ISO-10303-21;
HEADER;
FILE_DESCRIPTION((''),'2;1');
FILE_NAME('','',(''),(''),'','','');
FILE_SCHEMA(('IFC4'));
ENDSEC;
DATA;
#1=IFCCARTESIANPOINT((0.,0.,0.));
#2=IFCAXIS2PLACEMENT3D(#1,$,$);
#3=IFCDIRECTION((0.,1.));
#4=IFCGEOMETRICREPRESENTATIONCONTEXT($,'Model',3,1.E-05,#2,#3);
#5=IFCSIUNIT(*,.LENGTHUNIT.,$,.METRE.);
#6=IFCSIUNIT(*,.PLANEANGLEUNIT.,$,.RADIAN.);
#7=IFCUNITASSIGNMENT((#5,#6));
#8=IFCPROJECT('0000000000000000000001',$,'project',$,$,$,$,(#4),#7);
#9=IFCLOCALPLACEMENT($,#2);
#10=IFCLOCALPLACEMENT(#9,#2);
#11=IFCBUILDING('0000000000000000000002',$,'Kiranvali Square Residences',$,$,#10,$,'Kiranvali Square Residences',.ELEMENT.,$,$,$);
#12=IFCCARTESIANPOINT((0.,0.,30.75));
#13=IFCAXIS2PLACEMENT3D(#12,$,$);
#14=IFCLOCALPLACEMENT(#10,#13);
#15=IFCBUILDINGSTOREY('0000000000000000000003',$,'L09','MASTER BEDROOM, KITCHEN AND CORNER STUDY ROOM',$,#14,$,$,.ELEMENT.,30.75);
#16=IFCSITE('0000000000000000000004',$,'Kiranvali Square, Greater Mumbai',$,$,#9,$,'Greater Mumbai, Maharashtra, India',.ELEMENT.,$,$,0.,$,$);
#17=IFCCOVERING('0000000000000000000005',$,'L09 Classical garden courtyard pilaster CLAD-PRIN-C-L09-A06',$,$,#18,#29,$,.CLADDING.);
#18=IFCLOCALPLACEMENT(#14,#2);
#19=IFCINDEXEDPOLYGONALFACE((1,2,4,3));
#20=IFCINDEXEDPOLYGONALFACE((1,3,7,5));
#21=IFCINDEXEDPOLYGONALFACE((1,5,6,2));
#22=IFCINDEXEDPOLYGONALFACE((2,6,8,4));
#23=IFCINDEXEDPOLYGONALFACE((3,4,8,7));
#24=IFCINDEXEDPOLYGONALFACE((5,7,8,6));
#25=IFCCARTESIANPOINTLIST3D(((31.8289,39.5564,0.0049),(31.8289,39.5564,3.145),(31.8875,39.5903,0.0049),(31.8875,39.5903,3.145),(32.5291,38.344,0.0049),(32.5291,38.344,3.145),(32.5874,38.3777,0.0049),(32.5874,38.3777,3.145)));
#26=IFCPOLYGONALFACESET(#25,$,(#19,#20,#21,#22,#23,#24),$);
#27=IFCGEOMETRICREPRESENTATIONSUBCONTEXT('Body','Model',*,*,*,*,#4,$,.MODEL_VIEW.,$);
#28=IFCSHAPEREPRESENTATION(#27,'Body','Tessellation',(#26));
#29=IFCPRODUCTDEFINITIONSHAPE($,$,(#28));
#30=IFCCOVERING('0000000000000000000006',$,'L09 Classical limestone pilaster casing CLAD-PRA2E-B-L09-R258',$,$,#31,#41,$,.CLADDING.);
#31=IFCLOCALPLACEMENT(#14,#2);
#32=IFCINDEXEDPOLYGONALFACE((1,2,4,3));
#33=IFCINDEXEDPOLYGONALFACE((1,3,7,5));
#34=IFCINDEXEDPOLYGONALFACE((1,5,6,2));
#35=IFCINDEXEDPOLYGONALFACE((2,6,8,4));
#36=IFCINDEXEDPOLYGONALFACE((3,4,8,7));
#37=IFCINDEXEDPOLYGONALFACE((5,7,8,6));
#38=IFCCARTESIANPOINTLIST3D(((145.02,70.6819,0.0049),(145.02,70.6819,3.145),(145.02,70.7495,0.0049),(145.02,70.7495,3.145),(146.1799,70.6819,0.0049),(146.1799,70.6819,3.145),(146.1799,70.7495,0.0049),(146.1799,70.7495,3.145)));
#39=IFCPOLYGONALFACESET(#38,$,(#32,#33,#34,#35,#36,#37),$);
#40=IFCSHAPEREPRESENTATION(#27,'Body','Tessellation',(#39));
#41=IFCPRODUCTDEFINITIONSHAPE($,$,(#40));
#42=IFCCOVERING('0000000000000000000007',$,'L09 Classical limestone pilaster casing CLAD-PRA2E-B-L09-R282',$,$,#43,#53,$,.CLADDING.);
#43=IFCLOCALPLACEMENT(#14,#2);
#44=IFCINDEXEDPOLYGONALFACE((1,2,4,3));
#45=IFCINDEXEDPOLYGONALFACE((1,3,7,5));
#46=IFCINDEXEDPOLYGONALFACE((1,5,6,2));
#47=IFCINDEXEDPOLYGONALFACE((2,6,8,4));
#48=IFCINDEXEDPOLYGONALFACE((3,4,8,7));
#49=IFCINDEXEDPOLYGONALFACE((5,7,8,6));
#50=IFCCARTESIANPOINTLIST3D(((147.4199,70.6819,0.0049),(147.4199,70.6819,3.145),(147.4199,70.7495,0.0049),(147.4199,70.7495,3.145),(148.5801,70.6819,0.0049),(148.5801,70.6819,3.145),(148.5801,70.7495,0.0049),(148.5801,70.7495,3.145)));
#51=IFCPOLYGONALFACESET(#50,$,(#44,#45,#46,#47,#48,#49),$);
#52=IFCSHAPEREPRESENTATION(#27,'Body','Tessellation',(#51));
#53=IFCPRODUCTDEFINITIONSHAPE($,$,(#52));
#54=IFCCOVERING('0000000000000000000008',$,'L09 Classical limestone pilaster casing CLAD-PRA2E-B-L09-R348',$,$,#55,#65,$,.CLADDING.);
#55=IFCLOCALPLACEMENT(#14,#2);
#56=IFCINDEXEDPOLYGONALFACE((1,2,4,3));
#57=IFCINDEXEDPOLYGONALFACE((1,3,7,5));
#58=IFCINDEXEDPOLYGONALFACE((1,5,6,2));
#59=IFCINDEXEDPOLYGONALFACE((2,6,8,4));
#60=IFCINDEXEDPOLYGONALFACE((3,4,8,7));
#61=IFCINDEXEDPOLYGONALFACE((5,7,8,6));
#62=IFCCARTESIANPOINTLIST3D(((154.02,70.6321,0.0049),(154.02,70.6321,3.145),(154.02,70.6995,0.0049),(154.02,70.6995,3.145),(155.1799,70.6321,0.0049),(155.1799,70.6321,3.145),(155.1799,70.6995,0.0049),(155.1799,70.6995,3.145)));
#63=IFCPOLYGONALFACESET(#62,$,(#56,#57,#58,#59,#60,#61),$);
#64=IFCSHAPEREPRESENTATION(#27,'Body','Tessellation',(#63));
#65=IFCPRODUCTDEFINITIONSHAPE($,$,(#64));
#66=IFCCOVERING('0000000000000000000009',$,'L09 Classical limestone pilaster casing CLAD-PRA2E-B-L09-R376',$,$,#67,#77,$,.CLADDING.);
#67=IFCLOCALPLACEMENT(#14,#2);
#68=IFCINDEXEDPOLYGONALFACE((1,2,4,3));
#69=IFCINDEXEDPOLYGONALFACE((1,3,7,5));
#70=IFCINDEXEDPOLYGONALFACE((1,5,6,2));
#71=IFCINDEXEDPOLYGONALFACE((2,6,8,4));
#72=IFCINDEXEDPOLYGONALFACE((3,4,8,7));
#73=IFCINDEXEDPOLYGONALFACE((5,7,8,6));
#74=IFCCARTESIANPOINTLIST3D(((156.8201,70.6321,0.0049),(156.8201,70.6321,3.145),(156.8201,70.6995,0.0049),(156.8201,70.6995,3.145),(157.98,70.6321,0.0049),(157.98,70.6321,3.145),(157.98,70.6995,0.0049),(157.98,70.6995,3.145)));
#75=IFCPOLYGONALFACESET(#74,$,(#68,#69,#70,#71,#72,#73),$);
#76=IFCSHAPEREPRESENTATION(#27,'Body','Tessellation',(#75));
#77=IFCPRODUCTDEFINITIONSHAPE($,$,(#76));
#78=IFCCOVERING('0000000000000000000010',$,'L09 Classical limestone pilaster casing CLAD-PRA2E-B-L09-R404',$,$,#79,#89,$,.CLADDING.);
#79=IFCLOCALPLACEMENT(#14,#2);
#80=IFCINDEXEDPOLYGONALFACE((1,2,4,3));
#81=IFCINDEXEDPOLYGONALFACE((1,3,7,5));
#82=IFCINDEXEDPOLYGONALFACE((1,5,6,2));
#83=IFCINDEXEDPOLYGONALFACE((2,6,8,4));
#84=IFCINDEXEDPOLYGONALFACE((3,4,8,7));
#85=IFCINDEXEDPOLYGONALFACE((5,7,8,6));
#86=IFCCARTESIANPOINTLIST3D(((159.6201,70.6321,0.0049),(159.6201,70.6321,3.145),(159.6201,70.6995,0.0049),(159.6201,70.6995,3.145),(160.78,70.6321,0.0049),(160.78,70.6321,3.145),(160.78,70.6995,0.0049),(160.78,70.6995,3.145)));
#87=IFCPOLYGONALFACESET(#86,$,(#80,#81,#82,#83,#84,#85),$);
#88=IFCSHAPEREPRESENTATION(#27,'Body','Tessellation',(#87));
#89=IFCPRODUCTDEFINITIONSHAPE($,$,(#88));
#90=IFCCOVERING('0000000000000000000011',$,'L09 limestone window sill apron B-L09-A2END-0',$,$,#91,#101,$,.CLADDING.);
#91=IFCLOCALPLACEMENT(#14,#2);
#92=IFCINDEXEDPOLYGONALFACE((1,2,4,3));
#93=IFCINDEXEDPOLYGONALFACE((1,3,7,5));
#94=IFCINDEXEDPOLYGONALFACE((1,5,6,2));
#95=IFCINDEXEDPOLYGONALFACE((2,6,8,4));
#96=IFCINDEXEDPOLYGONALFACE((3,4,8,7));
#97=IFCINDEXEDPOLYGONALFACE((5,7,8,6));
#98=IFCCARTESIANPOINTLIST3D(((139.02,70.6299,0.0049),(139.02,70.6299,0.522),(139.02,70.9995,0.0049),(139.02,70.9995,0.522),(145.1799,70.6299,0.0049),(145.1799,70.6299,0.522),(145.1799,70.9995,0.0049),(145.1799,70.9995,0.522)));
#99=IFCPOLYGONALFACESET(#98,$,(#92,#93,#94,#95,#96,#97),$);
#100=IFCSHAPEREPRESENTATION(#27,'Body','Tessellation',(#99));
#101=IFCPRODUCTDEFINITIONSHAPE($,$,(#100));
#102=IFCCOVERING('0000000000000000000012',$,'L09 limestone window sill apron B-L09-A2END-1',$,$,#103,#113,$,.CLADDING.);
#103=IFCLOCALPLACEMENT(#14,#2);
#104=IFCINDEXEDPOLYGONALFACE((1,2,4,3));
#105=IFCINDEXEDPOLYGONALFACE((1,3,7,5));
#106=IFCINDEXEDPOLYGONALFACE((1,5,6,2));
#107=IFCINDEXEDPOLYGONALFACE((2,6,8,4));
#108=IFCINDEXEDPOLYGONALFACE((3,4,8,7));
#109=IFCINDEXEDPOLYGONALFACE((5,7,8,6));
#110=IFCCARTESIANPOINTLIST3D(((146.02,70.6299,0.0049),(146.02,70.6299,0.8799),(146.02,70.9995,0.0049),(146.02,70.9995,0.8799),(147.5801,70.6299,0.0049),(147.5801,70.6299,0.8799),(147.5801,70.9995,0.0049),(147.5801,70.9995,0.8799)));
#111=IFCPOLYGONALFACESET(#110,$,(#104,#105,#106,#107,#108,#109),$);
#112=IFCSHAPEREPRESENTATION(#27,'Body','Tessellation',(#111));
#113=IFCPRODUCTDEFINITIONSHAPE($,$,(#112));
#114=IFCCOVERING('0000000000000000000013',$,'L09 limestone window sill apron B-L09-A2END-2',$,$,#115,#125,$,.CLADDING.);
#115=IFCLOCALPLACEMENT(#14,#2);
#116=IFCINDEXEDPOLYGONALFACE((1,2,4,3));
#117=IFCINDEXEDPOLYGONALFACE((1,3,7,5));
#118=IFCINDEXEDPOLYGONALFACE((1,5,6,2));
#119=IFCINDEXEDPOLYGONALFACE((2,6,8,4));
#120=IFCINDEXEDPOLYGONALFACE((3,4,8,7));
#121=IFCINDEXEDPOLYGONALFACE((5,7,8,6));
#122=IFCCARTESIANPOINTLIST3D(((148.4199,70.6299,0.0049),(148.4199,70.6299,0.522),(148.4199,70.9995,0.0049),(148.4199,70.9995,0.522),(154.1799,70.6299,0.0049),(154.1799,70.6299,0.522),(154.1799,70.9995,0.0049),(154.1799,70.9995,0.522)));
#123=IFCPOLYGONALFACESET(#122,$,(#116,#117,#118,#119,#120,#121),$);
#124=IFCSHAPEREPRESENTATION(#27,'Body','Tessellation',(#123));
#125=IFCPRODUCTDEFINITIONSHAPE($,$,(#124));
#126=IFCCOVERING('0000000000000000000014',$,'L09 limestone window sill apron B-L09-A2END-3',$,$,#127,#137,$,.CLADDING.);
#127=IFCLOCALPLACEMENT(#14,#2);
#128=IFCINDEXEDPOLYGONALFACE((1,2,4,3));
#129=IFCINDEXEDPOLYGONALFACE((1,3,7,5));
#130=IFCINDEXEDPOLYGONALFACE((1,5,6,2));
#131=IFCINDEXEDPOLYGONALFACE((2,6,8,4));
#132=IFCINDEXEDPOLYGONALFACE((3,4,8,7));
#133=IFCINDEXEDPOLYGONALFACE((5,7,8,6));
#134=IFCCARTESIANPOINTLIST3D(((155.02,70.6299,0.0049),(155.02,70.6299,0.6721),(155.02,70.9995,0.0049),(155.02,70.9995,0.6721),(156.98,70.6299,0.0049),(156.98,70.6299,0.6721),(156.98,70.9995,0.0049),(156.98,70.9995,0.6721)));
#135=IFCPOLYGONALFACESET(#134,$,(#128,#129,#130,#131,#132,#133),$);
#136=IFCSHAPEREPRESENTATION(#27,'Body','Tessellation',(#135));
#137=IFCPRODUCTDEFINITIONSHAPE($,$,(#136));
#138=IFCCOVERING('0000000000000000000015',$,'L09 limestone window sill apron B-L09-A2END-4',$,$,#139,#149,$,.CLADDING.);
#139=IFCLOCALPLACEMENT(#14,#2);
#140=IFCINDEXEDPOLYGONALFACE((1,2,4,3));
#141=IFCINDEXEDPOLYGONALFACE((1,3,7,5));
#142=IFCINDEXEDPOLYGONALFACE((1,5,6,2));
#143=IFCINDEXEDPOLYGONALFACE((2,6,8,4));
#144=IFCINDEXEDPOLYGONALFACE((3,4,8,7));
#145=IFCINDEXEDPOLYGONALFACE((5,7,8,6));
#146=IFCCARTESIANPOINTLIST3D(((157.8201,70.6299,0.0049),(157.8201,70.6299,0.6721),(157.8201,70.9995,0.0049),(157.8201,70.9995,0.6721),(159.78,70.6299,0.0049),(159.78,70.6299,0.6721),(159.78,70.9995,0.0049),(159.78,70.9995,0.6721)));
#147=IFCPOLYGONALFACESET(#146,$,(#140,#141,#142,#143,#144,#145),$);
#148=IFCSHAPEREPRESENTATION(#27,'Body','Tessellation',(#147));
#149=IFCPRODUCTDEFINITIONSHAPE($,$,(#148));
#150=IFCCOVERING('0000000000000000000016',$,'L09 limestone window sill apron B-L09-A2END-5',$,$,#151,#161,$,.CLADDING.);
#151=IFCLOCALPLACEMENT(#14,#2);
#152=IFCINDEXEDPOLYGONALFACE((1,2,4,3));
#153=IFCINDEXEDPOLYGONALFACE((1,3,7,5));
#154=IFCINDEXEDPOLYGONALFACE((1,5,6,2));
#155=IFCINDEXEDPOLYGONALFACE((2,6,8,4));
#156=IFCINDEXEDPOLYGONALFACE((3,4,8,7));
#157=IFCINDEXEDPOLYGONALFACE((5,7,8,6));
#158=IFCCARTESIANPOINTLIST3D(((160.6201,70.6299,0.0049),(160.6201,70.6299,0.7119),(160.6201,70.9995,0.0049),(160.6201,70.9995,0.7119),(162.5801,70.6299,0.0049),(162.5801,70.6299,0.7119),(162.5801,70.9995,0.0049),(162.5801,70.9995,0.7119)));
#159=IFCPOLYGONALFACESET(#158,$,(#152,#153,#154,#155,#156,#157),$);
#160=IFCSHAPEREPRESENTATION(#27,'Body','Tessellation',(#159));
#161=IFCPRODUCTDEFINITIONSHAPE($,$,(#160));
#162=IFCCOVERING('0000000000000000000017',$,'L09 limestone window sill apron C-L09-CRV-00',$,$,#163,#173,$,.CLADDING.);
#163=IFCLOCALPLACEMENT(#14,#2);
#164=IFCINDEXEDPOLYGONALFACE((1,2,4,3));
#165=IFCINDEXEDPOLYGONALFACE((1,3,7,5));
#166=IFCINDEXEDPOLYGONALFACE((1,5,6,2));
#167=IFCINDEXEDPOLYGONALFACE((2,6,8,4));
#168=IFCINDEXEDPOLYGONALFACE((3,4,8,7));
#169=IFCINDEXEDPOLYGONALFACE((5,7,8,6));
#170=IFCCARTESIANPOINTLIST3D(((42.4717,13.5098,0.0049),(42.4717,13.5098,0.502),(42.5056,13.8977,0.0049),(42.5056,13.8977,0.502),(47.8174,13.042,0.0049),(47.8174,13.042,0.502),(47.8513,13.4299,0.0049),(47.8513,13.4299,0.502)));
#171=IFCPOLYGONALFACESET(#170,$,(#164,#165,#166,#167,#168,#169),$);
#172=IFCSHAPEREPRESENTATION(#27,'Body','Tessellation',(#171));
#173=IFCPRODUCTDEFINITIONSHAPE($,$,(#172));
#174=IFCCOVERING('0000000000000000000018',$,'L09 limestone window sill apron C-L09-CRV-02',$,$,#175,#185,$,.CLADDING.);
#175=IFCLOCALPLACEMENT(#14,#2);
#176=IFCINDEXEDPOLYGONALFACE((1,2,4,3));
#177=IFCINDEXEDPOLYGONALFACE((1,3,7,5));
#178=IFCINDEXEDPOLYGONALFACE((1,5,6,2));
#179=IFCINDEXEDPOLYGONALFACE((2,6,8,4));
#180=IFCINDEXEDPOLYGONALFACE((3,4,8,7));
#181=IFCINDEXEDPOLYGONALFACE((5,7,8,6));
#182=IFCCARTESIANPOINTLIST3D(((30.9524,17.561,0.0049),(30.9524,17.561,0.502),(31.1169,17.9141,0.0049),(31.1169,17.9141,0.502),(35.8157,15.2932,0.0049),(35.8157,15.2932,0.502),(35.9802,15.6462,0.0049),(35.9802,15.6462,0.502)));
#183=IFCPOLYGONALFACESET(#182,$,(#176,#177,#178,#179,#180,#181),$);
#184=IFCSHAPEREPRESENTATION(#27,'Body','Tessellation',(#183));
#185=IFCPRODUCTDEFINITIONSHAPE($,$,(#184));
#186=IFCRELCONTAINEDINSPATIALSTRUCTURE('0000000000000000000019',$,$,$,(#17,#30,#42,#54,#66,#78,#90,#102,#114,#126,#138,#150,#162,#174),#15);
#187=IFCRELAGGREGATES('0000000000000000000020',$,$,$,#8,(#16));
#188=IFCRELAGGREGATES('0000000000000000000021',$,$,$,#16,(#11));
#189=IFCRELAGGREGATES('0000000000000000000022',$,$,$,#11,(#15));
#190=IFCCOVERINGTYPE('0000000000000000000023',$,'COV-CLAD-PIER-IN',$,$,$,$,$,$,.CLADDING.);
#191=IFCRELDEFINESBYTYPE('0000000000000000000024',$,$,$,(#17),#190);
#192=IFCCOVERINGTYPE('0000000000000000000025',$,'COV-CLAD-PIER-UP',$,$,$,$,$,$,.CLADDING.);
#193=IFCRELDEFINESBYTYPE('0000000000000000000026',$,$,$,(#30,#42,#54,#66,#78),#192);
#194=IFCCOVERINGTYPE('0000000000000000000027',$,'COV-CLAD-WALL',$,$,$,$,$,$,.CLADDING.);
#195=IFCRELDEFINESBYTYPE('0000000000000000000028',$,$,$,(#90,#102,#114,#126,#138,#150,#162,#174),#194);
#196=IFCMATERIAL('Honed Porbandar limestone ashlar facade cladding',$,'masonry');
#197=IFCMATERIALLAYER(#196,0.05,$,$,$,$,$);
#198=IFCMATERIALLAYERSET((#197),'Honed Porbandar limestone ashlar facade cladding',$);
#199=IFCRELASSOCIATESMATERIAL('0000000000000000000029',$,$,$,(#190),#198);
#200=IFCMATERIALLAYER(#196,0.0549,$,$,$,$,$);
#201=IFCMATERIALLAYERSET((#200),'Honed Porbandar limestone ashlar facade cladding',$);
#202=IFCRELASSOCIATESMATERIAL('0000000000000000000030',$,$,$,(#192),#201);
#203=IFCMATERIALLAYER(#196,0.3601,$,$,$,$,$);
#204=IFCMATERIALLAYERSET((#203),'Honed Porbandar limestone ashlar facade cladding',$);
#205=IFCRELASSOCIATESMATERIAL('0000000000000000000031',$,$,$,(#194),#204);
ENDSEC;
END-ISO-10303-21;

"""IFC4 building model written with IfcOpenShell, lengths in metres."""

from ifc_helpers import new_model, si_unit, direction, frame, origin, place, context, subcontext, project, spatial, polyline, outline, extrude, material, layer, layer_set, type_object, element, save


model = new_model("IFC4")

# Units and contexts
model_context = context("Model", 3, precision=1e-05, world=origin(), true_north=direction((0.0, 1.0)))
body_context = subcontext(model_context, "Body", "Model", "MODEL_VIEW")
ifc_project = project(units=[si_unit("LENGTHUNIT", "METRE"), si_unit("PLANEANGLEUNIT", "RADIAN")], contexts=[model_context])

# Site, building, storey
site_placement = place(None, origin())
site = spatial("IfcSite", under=ifc_project, at=site_placement, Name="Kiranvali Square, Greater Mumbai", LongName="Greater Mumbai, Maharashtra, India", CompositionType="ELEMENT", RefElevation=0.0)
building_placement = place(site_placement, origin())
building = spatial("IfcBuilding", under=site, at=building_placement, Name="Kiranvali Square Residences", LongName="Kiranvali Square Residences", CompositionType="ELEMENT")
storey_placement = place(building_placement, frame((0.0, 0.0, 30.75)))
storey = spatial("IfcBuildingStorey", under=building, at=storey_placement, Name="L09", Description="MASTER BEDROOM, KITCHEN AND CORNER STUDY ROOM", CompositionType="ELEMENT", Elevation=30.75)

# Coverings
ifc_material = material(Name="Honed Porbandar limestone ashlar facade cladding", Category="masonry")
ifc_layer_1 = layer(ifc_material, 0.05)
ifc_layer_set_1 = layer_set([ifc_layer_1], Name="Honed Porbandar limestone ashlar facade cladding")
covering_type_1 = type_object("IfcCoveringType", Name="COV-CLAD-PIER-IN", PredefinedType="CLADDING", material=ifc_layer_set_1)
covering_1_placement = place(storey_placement, frame((0.0, 0.0, 0.0049)))
element("IfcCovering", 1, at=covering_1_placement, inside=storey, type_object=covering_type_1, Name="L09 Classical garden courtyard pilaster CLAD-PRIN-C-L09-A06", PredefinedType="CLADDING", context=body_context, shape_type="SweptSolid", body=[
    extrude(outline(polyline([(32.5874, 38.3777), (31.8875, 39.5903), (31.8289, 39.5564), (32.5291, 38.344), (32.5874, 38.3777)])), origin(), (0.0, 0.0, 1.0), 3.1401),
])
ifc_layer_2 = layer(ifc_material, 0.0549)
ifc_layer_set_2 = layer_set([ifc_layer_2], Name="Honed Porbandar limestone ashlar facade cladding")
covering_type_2 = type_object("IfcCoveringType", Name="COV-CLAD-PIER-UP", PredefinedType="CLADDING", material=ifc_layer_set_2)
covering_2_placement = place(storey_placement, frame((0.0, 0.0, 0.0049)))
element("IfcCovering", 2, at=covering_2_placement, inside=storey, type_object=covering_type_2, Name="L09 Classical limestone pilaster casing CLAD-PRA2E-B-L09-R258", PredefinedType="CLADDING", context=body_context, shape_type="SweptSolid", body=[
    extrude(outline(polyline([(145.02, 70.6819), (146.1799, 70.6819), (146.1799, 70.7495), (145.02, 70.7495), (145.02, 70.6819)])), origin(), (0.0, 0.0, 1.0), 3.1401),
])
covering_3_placement = place(storey_placement, frame((0.0, 0.0, 0.0049)))
element("IfcCovering", 3, at=covering_3_placement, inside=storey, type_object=covering_type_2, Name="L09 Classical limestone pilaster casing CLAD-PRA2E-B-L09-R282", PredefinedType="CLADDING", context=body_context, shape_type="SweptSolid", body=[
    extrude(outline(polyline([(147.4199, 70.6819), (148.5801, 70.6819), (148.5801, 70.7495), (147.4199, 70.7495), (147.4199, 70.6819)])), origin(), (0.0, 0.0, 1.0), 3.1401),
])
covering_4_placement = place(storey_placement, frame((0.0, 0.0, 0.0049)))
element("IfcCovering", 4, at=covering_4_placement, inside=storey, type_object=covering_type_2, Name="L09 Classical limestone pilaster casing CLAD-PRA2E-B-L09-R348", PredefinedType="CLADDING", context=body_context, shape_type="SweptSolid", body=[
    extrude(outline(polyline([(154.02, 70.6321), (155.1799, 70.6321), (155.1799, 70.6995), (154.02, 70.6995), (154.02, 70.6321)])), origin(), (0.0, 0.0, 1.0), 3.1401),
])
covering_5_placement = place(storey_placement, frame((0.0, 0.0, 0.0049)))
element("IfcCovering", 5, at=covering_5_placement, inside=storey, type_object=covering_type_2, Name="L09 Classical limestone pilaster casing CLAD-PRA2E-B-L09-R376", PredefinedType="CLADDING", context=body_context, shape_type="SweptSolid", body=[
    extrude(outline(polyline([(156.8201, 70.6321), (157.98, 70.6321), (157.98, 70.6995), (156.8201, 70.6995), (156.8201, 70.6321)])), origin(), (0.0, 0.0, 1.0), 3.1401),
])
covering_6_placement = place(storey_placement, frame((0.0, 0.0, 0.0049)))
element("IfcCovering", 6, at=covering_6_placement, inside=storey, type_object=covering_type_2, Name="L09 Classical limestone pilaster casing CLAD-PRA2E-B-L09-R404", PredefinedType="CLADDING", context=body_context, shape_type="SweptSolid", body=[
    extrude(outline(polyline([(159.6201, 70.6321), (160.78, 70.6321), (160.78, 70.6995), (159.6201, 70.6995), (159.6201, 70.6321)])), origin(), (0.0, 0.0, 1.0), 3.1401),
])
ifc_layer_3 = layer(ifc_material, 0.3601)
ifc_layer_set_3 = layer_set([ifc_layer_3], Name="Honed Porbandar limestone ashlar facade cladding")
covering_type_3 = type_object("IfcCoveringType", Name="COV-CLAD-WALL", PredefinedType="CLADDING", material=ifc_layer_set_3)
covering_7_placement = place(storey_placement, frame((0.0, 0.0, 0.0049)))
element("IfcCovering", 7, at=covering_7_placement, inside=storey, type_object=covering_type_3, Name="L09 limestone window sill apron B-L09-A2END-0", PredefinedType="CLADDING", context=body_context, shape_type="SweptSolid", body=[
    extrude(outline(polyline([(139.02, 70.6299), (145.1799, 70.6299), (145.1799, 70.9995), (139.02, 70.9995), (139.02, 70.6299)])), origin(), (0.0, 0.0, 1.0), 0.5171),
])
covering_8_placement = place(storey_placement, frame((0.0, 0.0, 0.0049)))
element("IfcCovering", 8, at=covering_8_placement, inside=storey, type_object=covering_type_3, Name="L09 limestone window sill apron B-L09-A2END-1", PredefinedType="CLADDING", context=body_context, shape_type="SweptSolid", body=[
    extrude(outline(polyline([(146.02, 70.6299), (147.5801, 70.6299), (147.5801, 70.9995), (146.02, 70.9995), (146.02, 70.6299)])), origin(), (0.0, 0.0, 1.0), 0.875),
])
covering_9_placement = place(storey_placement, frame((0.0, 0.0, 0.0049)))
element("IfcCovering", 9, at=covering_9_placement, inside=storey, type_object=covering_type_3, Name="L09 limestone window sill apron B-L09-A2END-2", PredefinedType="CLADDING", context=body_context, shape_type="SweptSolid", body=[
    extrude(outline(polyline([(148.4199, 70.6299), (154.1799, 70.6299), (154.1799, 70.9995), (148.4199, 70.9995), (148.4199, 70.6299)])), origin(), (0.0, 0.0, 1.0), 0.5171),
])
covering_10_placement = place(storey_placement, frame((0.0, 0.0, 0.0049)))
element("IfcCovering", 10, at=covering_10_placement, inside=storey, type_object=covering_type_3, Name="L09 limestone window sill apron B-L09-A2END-3", PredefinedType="CLADDING", context=body_context, shape_type="SweptSolid", body=[
    extrude(outline(polyline([(155.02, 70.6299), (156.98, 70.6299), (156.98, 70.9995), (155.02, 70.9995), (155.02, 70.6299)])), origin(), (0.0, 0.0, 1.0), 0.6672),
])
covering_11_placement = place(storey_placement, frame((0.0, 0.0, 0.0049)))
element("IfcCovering", 11, at=covering_11_placement, inside=storey, type_object=covering_type_3, Name="L09 limestone window sill apron B-L09-A2END-4", PredefinedType="CLADDING", context=body_context, shape_type="SweptSolid", body=[
    extrude(outline(polyline([(157.8201, 70.6299), (159.78, 70.6299), (159.78, 70.9995), (157.8201, 70.9995), (157.8201, 70.6299)])), origin(), (0.0, 0.0, 1.0), 0.6672),
])
covering_12_placement = place(storey_placement, frame((0.0, 0.0, 0.0049)))
element("IfcCovering", 12, at=covering_12_placement, inside=storey, type_object=covering_type_3, Name="L09 limestone window sill apron B-L09-A2END-5", PredefinedType="CLADDING", context=body_context, shape_type="SweptSolid", body=[
    extrude(outline(polyline([(160.6201, 70.6299), (162.5801, 70.6299), (162.5801, 70.9995), (160.6201, 70.9995), (160.6201, 70.6299)])), origin(), (0.0, 0.0, 1.0), 0.707),
])
covering_13_placement = place(storey_placement, frame((0.0, 0.0, 0.0049)))
element("IfcCovering", 13, at=covering_13_placement, inside=storey, type_object=covering_type_3, Name="L09 limestone window sill apron C-L09-CRV-00", PredefinedType="CLADDING", context=body_context, shape_type="SweptSolid", body=[
    extrude(outline(polyline([(47.8513, 13.4299), (42.5056, 13.8977), (42.4717, 13.5098), (47.8174, 13.042), (47.8513, 13.4299)])), origin(), (0.0, 0.0, 1.0), 0.4971),
])
covering_14_placement = place(storey_placement, frame((0.0, 0.0, 0.0049)))
element("IfcCovering", 14, at=covering_14_placement, inside=storey, type_object=covering_type_3, Name="L09 limestone window sill apron C-L09-CRV-02", PredefinedType="CLADDING", context=body_context, shape_type="SweptSolid", body=[
    extrude(outline(polyline([(35.9802, 15.6462), (31.1169, 17.9141), (30.9524, 17.561), (35.8157, 15.2932), (35.9802, 15.6462)])), origin(), (0.0, 0.0, 1.0), 0.4971),
])

save(model, "model.ifc")
